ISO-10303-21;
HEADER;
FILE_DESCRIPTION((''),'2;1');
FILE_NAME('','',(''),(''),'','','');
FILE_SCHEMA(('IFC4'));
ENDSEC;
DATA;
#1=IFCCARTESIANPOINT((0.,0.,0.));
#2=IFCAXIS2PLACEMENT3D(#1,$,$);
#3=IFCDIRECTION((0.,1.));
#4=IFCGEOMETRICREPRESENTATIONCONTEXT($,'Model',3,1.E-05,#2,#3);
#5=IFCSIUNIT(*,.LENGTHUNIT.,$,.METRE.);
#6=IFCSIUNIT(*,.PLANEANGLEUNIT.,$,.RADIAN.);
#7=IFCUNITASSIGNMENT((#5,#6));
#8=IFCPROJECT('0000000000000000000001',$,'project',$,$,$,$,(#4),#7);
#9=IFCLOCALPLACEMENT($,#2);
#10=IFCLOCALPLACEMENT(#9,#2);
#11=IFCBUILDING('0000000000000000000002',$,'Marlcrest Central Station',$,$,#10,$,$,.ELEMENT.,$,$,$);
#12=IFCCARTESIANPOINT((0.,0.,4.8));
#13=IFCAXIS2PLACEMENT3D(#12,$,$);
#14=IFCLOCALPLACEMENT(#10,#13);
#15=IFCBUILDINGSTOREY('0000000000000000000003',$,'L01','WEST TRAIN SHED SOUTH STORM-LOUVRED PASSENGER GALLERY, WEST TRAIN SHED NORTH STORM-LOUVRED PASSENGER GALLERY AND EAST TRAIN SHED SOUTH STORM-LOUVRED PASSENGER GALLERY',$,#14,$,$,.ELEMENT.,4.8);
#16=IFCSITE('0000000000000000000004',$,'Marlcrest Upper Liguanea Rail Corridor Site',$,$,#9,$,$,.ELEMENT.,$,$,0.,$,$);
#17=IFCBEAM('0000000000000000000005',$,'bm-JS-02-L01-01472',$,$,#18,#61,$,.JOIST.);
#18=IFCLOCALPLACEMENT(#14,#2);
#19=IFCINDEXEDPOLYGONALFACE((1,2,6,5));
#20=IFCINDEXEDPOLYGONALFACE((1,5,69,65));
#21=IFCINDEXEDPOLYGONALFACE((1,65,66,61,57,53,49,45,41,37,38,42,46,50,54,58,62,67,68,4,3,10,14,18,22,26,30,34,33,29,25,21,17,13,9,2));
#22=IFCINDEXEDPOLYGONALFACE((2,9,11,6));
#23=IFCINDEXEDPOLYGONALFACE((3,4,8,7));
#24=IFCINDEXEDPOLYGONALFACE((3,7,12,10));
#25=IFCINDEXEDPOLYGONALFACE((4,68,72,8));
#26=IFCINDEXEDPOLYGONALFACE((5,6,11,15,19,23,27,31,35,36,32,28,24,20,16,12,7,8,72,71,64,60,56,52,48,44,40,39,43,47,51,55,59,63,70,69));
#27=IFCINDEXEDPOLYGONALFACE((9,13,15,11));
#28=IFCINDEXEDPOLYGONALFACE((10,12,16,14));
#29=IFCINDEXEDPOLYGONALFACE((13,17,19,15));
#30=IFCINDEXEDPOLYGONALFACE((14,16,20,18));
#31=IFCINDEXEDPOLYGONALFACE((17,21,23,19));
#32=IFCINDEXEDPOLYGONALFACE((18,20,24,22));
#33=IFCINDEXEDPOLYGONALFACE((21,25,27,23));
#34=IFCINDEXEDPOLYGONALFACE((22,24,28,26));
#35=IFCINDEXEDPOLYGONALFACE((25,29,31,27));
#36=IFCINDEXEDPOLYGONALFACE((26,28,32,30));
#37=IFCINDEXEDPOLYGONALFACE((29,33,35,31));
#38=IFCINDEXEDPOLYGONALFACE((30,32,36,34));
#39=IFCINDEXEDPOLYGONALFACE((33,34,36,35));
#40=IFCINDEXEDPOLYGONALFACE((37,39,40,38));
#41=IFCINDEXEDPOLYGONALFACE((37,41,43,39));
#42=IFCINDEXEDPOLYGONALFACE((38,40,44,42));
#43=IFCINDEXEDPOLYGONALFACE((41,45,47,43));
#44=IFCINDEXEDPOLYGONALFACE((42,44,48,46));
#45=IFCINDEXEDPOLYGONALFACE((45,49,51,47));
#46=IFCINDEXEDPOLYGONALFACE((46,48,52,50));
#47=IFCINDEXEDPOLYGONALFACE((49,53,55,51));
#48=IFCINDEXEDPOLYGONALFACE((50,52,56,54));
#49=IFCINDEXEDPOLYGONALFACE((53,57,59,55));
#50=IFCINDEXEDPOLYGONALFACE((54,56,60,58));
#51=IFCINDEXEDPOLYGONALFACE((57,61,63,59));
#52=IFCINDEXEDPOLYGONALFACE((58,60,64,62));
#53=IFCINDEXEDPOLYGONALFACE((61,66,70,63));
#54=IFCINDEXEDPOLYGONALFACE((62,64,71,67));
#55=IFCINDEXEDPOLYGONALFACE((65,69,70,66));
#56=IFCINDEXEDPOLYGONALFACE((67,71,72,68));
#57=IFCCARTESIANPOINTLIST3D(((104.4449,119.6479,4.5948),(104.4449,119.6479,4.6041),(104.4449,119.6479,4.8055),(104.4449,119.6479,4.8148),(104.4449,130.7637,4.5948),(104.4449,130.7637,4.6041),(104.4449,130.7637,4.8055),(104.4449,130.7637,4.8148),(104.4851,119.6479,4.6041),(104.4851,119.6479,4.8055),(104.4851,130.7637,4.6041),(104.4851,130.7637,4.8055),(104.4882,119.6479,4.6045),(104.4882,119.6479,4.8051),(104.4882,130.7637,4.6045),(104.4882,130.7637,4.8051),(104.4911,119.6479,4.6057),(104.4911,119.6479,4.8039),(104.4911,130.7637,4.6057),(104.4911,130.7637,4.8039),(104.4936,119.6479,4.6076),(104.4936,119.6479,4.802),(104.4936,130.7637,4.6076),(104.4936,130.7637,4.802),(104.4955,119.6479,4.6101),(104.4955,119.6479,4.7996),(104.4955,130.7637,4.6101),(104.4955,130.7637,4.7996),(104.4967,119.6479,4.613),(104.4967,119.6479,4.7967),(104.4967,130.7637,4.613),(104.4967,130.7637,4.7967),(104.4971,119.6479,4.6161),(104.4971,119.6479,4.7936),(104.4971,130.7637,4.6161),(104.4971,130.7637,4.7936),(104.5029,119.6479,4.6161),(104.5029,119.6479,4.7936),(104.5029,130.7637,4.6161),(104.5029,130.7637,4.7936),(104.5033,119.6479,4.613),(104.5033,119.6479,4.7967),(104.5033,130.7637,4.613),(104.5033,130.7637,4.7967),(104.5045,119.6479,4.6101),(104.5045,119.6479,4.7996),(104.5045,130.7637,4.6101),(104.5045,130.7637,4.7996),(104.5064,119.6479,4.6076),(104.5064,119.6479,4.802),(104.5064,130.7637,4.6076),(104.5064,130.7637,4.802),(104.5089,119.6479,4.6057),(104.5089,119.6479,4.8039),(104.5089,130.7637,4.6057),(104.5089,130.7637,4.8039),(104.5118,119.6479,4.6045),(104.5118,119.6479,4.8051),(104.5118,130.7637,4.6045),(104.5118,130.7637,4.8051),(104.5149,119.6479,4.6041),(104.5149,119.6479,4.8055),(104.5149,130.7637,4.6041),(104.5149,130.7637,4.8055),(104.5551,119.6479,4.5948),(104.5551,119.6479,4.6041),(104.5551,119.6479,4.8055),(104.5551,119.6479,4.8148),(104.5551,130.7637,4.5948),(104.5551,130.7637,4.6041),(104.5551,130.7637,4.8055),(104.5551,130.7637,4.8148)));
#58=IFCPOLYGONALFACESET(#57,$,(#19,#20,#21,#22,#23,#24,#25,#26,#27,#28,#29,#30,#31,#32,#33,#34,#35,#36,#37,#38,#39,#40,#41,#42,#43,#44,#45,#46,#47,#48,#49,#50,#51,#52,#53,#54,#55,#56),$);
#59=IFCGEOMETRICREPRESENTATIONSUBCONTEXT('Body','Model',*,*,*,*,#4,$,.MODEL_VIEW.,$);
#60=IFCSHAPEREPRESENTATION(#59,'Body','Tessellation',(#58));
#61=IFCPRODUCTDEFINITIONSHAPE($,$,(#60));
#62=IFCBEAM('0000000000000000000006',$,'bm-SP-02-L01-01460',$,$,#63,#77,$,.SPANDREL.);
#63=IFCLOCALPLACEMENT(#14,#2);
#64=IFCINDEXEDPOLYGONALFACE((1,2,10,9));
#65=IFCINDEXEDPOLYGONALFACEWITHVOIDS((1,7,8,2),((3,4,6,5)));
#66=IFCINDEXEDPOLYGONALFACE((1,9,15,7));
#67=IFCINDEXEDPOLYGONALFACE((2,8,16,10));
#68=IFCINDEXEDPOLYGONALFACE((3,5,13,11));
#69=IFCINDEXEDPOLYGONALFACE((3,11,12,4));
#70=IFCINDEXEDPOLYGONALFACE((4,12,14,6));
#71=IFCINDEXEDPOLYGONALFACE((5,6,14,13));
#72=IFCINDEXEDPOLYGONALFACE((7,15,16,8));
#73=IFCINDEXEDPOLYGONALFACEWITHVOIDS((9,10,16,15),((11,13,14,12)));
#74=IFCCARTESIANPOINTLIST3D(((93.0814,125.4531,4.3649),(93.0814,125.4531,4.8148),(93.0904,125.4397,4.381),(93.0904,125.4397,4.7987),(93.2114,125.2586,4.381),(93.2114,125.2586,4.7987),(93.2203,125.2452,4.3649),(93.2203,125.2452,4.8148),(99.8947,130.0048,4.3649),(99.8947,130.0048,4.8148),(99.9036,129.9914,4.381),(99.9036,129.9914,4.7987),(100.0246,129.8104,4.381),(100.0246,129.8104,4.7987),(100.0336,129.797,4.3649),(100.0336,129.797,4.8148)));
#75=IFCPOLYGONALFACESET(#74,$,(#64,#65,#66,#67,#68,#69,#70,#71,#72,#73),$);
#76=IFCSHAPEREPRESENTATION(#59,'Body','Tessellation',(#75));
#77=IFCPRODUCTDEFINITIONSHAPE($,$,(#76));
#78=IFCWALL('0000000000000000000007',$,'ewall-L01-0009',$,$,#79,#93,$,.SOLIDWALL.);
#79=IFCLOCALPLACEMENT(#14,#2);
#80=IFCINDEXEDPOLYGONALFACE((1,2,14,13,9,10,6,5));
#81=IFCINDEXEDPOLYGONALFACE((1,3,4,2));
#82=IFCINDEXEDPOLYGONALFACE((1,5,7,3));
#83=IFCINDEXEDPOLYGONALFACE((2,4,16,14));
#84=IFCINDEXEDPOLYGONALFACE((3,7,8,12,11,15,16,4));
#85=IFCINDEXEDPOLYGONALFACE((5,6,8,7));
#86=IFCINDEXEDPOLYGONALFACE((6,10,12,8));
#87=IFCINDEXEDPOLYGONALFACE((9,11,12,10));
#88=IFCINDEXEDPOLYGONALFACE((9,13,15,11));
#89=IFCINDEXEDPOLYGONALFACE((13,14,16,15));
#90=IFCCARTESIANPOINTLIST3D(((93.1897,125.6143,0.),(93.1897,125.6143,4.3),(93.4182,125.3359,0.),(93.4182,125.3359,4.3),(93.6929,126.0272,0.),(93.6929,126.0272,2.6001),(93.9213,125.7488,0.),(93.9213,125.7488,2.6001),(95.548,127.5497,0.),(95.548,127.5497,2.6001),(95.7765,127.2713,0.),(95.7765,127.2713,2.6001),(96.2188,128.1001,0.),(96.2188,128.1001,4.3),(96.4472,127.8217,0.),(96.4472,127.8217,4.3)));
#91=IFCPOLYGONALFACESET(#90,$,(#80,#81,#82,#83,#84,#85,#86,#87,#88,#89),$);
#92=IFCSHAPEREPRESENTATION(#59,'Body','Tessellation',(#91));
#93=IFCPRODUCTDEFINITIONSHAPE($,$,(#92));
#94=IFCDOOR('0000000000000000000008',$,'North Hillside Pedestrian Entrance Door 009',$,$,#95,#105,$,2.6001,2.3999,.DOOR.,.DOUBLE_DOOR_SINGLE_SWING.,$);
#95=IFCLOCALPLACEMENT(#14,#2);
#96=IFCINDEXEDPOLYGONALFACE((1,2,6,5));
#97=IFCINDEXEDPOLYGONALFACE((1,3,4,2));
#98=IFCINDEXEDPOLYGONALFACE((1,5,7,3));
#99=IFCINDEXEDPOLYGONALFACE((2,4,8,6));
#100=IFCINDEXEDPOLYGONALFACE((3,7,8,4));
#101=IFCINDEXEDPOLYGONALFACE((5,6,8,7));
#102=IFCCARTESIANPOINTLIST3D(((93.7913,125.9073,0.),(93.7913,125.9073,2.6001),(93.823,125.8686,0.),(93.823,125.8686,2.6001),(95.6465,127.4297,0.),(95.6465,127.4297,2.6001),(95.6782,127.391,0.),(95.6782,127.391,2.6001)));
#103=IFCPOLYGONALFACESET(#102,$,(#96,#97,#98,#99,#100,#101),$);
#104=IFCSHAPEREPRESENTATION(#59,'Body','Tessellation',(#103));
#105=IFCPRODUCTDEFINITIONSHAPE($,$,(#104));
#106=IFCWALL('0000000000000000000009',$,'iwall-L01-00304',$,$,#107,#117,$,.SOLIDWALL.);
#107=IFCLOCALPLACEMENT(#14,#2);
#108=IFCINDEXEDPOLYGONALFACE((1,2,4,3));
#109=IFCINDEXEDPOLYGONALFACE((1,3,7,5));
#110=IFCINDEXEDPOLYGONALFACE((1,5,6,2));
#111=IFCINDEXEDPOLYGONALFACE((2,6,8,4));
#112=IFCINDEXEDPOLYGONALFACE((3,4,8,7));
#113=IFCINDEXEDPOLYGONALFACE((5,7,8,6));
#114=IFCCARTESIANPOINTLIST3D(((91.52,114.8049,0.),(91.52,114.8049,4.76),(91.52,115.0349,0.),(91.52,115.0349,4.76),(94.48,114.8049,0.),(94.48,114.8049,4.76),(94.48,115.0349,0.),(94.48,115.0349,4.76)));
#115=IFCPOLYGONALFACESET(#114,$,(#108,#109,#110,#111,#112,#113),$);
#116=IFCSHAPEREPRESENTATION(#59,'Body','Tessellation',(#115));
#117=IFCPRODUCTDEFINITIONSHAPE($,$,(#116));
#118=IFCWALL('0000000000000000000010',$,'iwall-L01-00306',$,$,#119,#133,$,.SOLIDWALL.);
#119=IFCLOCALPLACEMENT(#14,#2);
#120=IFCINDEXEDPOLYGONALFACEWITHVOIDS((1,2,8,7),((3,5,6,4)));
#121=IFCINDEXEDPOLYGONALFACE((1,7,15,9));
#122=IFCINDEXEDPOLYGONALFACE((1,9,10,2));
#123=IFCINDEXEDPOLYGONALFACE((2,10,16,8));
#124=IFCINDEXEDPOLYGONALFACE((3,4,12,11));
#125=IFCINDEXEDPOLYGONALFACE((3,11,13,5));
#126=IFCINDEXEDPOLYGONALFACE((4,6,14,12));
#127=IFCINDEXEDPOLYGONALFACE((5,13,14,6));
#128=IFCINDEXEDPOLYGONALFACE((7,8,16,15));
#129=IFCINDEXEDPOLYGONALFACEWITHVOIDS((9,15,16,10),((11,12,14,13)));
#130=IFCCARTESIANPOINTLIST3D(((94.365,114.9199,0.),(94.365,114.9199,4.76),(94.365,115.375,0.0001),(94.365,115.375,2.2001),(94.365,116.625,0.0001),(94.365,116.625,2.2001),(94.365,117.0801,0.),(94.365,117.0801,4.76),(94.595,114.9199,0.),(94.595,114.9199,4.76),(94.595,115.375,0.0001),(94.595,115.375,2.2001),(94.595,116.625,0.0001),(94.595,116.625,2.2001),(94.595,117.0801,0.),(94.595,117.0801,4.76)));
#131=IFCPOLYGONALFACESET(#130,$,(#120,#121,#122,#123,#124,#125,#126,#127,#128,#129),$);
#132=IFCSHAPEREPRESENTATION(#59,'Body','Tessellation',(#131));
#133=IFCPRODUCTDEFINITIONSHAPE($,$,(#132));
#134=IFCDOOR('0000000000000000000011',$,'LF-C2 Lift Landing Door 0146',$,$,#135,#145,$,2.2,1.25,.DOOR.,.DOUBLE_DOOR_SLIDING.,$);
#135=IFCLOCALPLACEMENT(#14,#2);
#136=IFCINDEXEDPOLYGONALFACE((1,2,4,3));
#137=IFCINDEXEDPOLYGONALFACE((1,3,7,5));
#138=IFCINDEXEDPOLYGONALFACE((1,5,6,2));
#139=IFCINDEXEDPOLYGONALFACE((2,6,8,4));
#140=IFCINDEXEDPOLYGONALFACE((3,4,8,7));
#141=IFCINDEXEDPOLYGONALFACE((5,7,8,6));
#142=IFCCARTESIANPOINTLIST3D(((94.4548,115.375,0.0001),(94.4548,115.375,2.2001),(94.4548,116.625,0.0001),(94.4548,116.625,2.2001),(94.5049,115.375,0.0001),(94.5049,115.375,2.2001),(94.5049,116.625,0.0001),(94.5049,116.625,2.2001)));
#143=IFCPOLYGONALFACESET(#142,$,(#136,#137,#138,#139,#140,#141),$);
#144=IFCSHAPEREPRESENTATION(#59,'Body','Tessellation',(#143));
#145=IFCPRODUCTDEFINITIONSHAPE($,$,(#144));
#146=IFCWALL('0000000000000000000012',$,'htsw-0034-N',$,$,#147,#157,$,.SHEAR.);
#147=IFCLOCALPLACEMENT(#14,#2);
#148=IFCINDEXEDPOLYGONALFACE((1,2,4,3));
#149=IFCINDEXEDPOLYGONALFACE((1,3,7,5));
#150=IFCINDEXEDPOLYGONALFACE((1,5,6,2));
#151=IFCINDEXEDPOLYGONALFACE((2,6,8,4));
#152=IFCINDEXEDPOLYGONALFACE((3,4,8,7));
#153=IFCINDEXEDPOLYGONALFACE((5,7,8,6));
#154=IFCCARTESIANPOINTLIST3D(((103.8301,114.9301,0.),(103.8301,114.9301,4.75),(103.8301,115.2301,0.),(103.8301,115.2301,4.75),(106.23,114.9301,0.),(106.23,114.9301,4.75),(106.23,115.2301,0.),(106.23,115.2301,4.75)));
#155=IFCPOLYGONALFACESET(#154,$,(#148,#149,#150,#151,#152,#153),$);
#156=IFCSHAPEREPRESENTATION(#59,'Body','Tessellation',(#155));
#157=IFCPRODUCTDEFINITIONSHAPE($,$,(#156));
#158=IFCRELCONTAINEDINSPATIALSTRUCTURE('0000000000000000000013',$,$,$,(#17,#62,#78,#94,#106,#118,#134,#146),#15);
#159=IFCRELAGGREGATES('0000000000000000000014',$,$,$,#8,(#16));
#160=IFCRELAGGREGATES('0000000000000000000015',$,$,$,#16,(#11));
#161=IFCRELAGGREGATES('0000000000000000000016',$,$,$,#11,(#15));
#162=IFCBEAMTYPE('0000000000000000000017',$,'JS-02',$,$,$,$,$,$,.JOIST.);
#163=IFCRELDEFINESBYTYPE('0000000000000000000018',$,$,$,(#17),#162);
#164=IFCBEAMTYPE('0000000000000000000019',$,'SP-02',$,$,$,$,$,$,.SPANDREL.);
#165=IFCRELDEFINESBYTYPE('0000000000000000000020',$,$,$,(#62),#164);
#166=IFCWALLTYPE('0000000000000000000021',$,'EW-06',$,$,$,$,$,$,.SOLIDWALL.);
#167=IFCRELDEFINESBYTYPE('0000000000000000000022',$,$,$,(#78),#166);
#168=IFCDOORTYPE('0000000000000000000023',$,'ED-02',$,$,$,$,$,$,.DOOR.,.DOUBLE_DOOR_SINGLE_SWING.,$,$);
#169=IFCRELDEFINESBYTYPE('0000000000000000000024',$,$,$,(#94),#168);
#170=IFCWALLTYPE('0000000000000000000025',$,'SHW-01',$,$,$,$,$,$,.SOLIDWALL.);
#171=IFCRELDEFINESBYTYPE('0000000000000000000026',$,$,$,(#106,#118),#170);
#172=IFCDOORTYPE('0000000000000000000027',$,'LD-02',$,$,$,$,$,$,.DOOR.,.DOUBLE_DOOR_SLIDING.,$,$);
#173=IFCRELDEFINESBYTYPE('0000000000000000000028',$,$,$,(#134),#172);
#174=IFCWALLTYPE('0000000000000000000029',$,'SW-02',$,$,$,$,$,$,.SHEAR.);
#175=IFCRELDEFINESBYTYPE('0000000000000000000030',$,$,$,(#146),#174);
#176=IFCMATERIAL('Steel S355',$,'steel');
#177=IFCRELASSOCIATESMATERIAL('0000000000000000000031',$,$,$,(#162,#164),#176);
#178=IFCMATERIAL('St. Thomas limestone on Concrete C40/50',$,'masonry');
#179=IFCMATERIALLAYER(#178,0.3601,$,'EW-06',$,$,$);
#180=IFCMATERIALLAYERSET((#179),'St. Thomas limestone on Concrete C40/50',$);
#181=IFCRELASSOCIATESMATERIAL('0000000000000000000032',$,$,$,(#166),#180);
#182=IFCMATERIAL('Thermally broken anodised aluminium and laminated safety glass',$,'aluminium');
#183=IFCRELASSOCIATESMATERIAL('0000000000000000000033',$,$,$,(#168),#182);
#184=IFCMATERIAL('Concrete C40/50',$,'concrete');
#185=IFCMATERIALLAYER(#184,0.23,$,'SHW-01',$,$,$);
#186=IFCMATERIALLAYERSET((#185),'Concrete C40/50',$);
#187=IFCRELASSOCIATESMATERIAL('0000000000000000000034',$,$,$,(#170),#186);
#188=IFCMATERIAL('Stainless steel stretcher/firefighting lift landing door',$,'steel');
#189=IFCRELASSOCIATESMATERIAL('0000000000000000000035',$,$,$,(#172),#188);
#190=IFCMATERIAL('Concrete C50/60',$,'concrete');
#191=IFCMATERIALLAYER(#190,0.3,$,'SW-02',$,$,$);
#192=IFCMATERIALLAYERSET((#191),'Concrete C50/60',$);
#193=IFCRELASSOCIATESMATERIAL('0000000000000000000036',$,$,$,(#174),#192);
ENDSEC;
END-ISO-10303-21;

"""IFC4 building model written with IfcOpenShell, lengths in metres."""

from ifc_helpers import new_model, si_unit, direction, frame, frame_2d, origin, origin_2d, place, context, subcontext, project, spatial, rectangle, hollow_rectangle, i_section, extrude, material, layer, layer_set, material_profile, profile_set, type_object, element, fill, save


model = new_model("IFC4")

# Units and contexts
model_context = context("Model", 3, precision=1e-05, world=origin(), true_north=direction((0.0, 1.0)))
body_context = subcontext(model_context, "Body", "Model", "MODEL_VIEW")
ifc_project = project(units=[si_unit("LENGTHUNIT", "METRE"), si_unit("PLANEANGLEUNIT", "RADIAN")], contexts=[model_context])

# Site, building, storey
site_placement = place(None, origin())
site = spatial("IfcSite", under=ifc_project, at=site_placement, Name="Marlcrest Upper Liguanea Rail Corridor Site", CompositionType="ELEMENT", RefElevation=0.0)
building_placement = place(site_placement, origin())
building = spatial("IfcBuilding", under=site, at=building_placement, Name="Marlcrest Central Station", CompositionType="ELEMENT")
storey_placement = place(building_placement, frame((0.0, 0.0, 4.8)))
storey = spatial("IfcBuildingStorey", under=building, at=storey_placement, Name="L01", Description="WEST TRAIN SHED SOUTH STORM-LOUVRED PASSENGER GALLERY, WEST TRAIN SHED NORTH STORM-LOUVRED PASSENGER GALLERY AND EAST TRAIN SHED SOUTH STORM-LOUVRED PASSENGER GALLERY", CompositionType="ELEMENT", Elevation=4.8)

# Shared definitions
ifc_material_1 = material(Name="Steel S355", Category="steel")

# Beams
ifc_material_profile_1 = material_profile(ifc_material_1, i_section(OverallWidth=0.1101, OverallDepth=0.22, WebThickness=0.0059, FlangeThickness=0.0093, FilletRadius=0.012, at=origin_2d()), Name="IPE 220")
ifc_profile_set_1 = profile_set([ifc_material_profile_1], Name="Steel S355")
beam_type_1 = type_object("IfcBeamType", Name="JS-02", PredefinedType="JOIST", material=ifc_profile_set_1)
beam_1_placement = place(storey_placement, frame((104.5, 119.6479, 4.7048), z_axis=(0.0, 1.0, 0.0), x_axis=(-1.0, 0.0, 0.0)))
element("IfcBeam", 1, at=beam_1_placement, inside=storey, type_object=beam_type_1, Name="bm-JS-02-L01-01472", PredefinedType="JOIST", context=body_context, shape_type="SweptSolid", body=[
    extrude(i_section(OverallWidth=0.1101, OverallDepth=0.22, WebThickness=0.0059, FlangeThickness=0.0093, FilletRadius=0.012, at=origin_2d()), origin(), (0.0, 0.0, 1.0), 11.1157),
])
ifc_material_profile_2 = material_profile(ifc_material_1, hollow_rectangle(XDim=0.25, YDim=0.45, WallThickness=0.0161, at=origin_2d()), Name="RHS 450x250x16")
ifc_profile_set_2 = profile_set([ifc_material_profile_2], Name="Steel S355")
beam_type_2 = type_object("IfcBeamType", Name="SP-02", PredefinedType="SPANDREL", material=ifc_profile_set_2)
beam_2_placement = place(storey_placement, frame((93.1509, 125.3491, 4.5898), z_axis=(0.831509, 0.555511, 0.0), x_axis=(-0.555511, 0.831509, 0.0)))
element("IfcBeam", 2, at=beam_2_placement, inside=storey, type_object=beam_type_2, Name="bm-SP-02-L01-01460", PredefinedType="SPANDREL", context=body_context, shape_type="SweptSolid", body=[
    extrude(hollow_rectangle(XDim=0.25, YDim=0.45, WallThickness=0.0161, at=origin_2d()), origin(), (0.0, 0.0, 1.0), 8.1938),
])

# Wall, opening, door
ifc_material_2 = material(Name="St. Thomas limestone on Concrete C40/50", Category="masonry")
ifc_layer_1 = layer(ifc_material_2, 0.3601, Name="EW-06")
ifc_layer_set_1 = layer_set([ifc_layer_1], Name="St. Thomas limestone on Concrete C40/50")
wall_type_1 = type_object("IfcWallType", Name="EW-06", PredefinedType="SOLIDWALL", material=ifc_layer_set_1)
wall_1_placement = place(storey_placement, frame((93.304, 125.4751, 0.0), z_axis=(0.0, 0.0, 1.0), x_axis=(0.773015, 0.634387, 0.0)))
wall_1 = element("IfcWall", 3, at=wall_1_placement, inside=storey, type_object=wall_type_1, Name="ewall-L01-0009", PredefinedType="SOLIDWALL", context=body_context, shape_type="SweptSolid", body=[
    extrude(rectangle(XDim=3.9185, YDim=0.3601, at=frame_2d((1.9592, 0.0))), origin(), (0.0, 0.0, 1.0), 4.3),
])
opening_1_placement = place(wall_1_placement, frame((0.6509, 0.0, 0.0)))
opening_1 = element("IfcOpeningElement", 4, at=opening_1_placement, cuts=wall_1, PredefinedType="OPENING", context=body_context, shape_type="SweptSolid", body=[
    extrude(rectangle(XDim=2.3999, YDim=2.6001, at=frame_2d((1.2, 1.3))), frame((0.0, 0.1899, 0.0), z_axis=(0.0, -1.0, 0.0), x_axis=(1.0, 0.0, 0.0)), (0.0, 0.0, 1.0), 0.3801),
])
ifc_material_3 = material(Name="Thermally broken anodised aluminium and laminated safety glass", Category="aluminium")
door_type_1 = type_object("IfcDoorType", Name="ED-02", OperationType="DOUBLE_DOOR_SINGLE_SWING", PredefinedType="DOOR", material=ifc_material_3)
door_1_placement = place(opening_1_placement, origin())
door_1 = element("IfcDoor", 5, at=door_1_placement, inside=storey, type_object=door_type_1, Name="North Hillside Pedestrian Entrance Door 009", OperationType="DOUBLE_DOOR_SINGLE_SWING", OverallHeight=2.6001, OverallWidth=2.3999, PredefinedType="DOOR", context=body_context, shape_type="SweptSolid", body=[
    extrude(rectangle(XDim=2.3999, YDim=2.6001, at=frame_2d((1.2, 1.3))), frame((0.0, 0.0249, 0.0), z_axis=(0.0, -1.0, 0.0), x_axis=(1.0, 0.0, 0.0)), (0.0, 0.0, 1.0), 0.05),
])
fill(opening_1, door_1)

# Wall
ifc_material_4 = material(Name="Concrete C40/50", Category="concrete")
ifc_layer_2 = layer(ifc_material_4, 0.23, Name="SHW-01")
ifc_layer_set_2 = layer_set([ifc_layer_2], Name="Concrete C40/50")
wall_type_2 = type_object("IfcWallType", Name="SHW-01", PredefinedType="SOLIDWALL", material=ifc_layer_set_2)
wall_2_placement = place(storey_placement, frame((94.48, 114.9199, 0.0), z_axis=(0.0, 0.0, 1.0), x_axis=(-1.0, 0.0, 0.0)))
element("IfcWall", 6, at=wall_2_placement, inside=storey, type_object=wall_type_2, Name="iwall-L01-00304", PredefinedType="SOLIDWALL", context=body_context, shape_type="SweptSolid", body=[
    extrude(rectangle(XDim=2.96, YDim=0.23, at=frame_2d((1.48, 0.0))), origin(), (0.0, 0.0, 1.0), 4.76),
])

# Wall, opening, door
wall_3_placement = place(storey_placement, frame((94.48, 117.0801, 0.0), z_axis=(0.0, 0.0, 1.0), x_axis=(0.0, -1.0, 0.0)))
wall_3 = element("IfcWall", 7, at=wall_3_placement, inside=storey, type_object=wall_type_2, Name="iwall-L01-00306", PredefinedType="SOLIDWALL", context=body_context, shape_type="SweptSolid", body=[
    extrude(rectangle(XDim=2.1602, YDim=0.23, at=frame_2d((1.0801, 0.0))), origin(), (0.0, 0.0, 1.0), 4.76),
])
opening_2_placement = place(wall_3_placement, frame((0.4551, 0.0, 0.0)))
opening_2 = element("IfcOpeningElement", 8, at=opening_2_placement, cuts=wall_3, PredefinedType="OPENING", context=body_context, shape_type="SweptSolid", body=[
    extrude(rectangle(XDim=1.25, YDim=2.2, at=frame_2d((0.625, 1.1001))), frame((0.0, 0.125, 0.0), z_axis=(0.0, -1.0, 0.0), x_axis=(1.0, 0.0, 0.0)), (0.0, 0.0, 1.0), 0.25),
])
ifc_material_5 = material(Name="Stainless steel stretcher/firefighting lift landing door", Category="steel")
door_type_2 = type_object("IfcDoorType", Name="LD-02", OperationType="DOUBLE_DOOR_SLIDING", PredefinedType="DOOR", material=ifc_material_5)
door_2_placement = place(opening_2_placement, origin())
door_2 = element("IfcDoor", 9, at=door_2_placement, inside=storey, type_object=door_type_2, Name="LF-C2 Lift Landing Door 0146", OperationType="DOUBLE_DOOR_SLIDING", OverallHeight=2.2, OverallWidth=1.25, PredefinedType="DOOR", context=body_context, shape_type="SweptSolid", body=[
    extrude(rectangle(XDim=1.25, YDim=2.2, at=frame_2d((0.625, 1.1001))), frame((0.0, 0.0249, 0.0), z_axis=(0.0, -1.0, 0.0), x_axis=(1.0, 0.0, 0.0)), (0.0, 0.0, 1.0), 0.05),
])
fill(opening_2, door_2)

# Wall
ifc_material_6 = material(Name="Concrete C50/60", Category="concrete")
ifc_layer_3 = layer(ifc_material_6, 0.3, Name="SW-02")
ifc_layer_set_3 = layer_set([ifc_layer_3], Name="Concrete C50/60")
wall_type_3 = type_object("IfcWallType", Name="SW-02", PredefinedType="SHEAR", material=ifc_layer_set_3)
wall_4_placement = place(storey_placement, frame((106.23, 115.0801, 0.0), z_axis=(0.0, 0.0, 1.0), x_axis=(-1.0, 0.0, 0.0)))
element("IfcWall", 10, at=wall_4_placement, inside=storey, type_object=wall_type_3, Name="htsw-0034-N", PredefinedType="SHEAR", context=body_context, shape_type="SweptSolid", body=[
    extrude(rectangle(XDim=2.3999, YDim=0.3, at=frame_2d((1.2, 0.0))), origin(), (0.0, 0.0, 1.0), 4.75),
])

save(model, "model.ifc")
